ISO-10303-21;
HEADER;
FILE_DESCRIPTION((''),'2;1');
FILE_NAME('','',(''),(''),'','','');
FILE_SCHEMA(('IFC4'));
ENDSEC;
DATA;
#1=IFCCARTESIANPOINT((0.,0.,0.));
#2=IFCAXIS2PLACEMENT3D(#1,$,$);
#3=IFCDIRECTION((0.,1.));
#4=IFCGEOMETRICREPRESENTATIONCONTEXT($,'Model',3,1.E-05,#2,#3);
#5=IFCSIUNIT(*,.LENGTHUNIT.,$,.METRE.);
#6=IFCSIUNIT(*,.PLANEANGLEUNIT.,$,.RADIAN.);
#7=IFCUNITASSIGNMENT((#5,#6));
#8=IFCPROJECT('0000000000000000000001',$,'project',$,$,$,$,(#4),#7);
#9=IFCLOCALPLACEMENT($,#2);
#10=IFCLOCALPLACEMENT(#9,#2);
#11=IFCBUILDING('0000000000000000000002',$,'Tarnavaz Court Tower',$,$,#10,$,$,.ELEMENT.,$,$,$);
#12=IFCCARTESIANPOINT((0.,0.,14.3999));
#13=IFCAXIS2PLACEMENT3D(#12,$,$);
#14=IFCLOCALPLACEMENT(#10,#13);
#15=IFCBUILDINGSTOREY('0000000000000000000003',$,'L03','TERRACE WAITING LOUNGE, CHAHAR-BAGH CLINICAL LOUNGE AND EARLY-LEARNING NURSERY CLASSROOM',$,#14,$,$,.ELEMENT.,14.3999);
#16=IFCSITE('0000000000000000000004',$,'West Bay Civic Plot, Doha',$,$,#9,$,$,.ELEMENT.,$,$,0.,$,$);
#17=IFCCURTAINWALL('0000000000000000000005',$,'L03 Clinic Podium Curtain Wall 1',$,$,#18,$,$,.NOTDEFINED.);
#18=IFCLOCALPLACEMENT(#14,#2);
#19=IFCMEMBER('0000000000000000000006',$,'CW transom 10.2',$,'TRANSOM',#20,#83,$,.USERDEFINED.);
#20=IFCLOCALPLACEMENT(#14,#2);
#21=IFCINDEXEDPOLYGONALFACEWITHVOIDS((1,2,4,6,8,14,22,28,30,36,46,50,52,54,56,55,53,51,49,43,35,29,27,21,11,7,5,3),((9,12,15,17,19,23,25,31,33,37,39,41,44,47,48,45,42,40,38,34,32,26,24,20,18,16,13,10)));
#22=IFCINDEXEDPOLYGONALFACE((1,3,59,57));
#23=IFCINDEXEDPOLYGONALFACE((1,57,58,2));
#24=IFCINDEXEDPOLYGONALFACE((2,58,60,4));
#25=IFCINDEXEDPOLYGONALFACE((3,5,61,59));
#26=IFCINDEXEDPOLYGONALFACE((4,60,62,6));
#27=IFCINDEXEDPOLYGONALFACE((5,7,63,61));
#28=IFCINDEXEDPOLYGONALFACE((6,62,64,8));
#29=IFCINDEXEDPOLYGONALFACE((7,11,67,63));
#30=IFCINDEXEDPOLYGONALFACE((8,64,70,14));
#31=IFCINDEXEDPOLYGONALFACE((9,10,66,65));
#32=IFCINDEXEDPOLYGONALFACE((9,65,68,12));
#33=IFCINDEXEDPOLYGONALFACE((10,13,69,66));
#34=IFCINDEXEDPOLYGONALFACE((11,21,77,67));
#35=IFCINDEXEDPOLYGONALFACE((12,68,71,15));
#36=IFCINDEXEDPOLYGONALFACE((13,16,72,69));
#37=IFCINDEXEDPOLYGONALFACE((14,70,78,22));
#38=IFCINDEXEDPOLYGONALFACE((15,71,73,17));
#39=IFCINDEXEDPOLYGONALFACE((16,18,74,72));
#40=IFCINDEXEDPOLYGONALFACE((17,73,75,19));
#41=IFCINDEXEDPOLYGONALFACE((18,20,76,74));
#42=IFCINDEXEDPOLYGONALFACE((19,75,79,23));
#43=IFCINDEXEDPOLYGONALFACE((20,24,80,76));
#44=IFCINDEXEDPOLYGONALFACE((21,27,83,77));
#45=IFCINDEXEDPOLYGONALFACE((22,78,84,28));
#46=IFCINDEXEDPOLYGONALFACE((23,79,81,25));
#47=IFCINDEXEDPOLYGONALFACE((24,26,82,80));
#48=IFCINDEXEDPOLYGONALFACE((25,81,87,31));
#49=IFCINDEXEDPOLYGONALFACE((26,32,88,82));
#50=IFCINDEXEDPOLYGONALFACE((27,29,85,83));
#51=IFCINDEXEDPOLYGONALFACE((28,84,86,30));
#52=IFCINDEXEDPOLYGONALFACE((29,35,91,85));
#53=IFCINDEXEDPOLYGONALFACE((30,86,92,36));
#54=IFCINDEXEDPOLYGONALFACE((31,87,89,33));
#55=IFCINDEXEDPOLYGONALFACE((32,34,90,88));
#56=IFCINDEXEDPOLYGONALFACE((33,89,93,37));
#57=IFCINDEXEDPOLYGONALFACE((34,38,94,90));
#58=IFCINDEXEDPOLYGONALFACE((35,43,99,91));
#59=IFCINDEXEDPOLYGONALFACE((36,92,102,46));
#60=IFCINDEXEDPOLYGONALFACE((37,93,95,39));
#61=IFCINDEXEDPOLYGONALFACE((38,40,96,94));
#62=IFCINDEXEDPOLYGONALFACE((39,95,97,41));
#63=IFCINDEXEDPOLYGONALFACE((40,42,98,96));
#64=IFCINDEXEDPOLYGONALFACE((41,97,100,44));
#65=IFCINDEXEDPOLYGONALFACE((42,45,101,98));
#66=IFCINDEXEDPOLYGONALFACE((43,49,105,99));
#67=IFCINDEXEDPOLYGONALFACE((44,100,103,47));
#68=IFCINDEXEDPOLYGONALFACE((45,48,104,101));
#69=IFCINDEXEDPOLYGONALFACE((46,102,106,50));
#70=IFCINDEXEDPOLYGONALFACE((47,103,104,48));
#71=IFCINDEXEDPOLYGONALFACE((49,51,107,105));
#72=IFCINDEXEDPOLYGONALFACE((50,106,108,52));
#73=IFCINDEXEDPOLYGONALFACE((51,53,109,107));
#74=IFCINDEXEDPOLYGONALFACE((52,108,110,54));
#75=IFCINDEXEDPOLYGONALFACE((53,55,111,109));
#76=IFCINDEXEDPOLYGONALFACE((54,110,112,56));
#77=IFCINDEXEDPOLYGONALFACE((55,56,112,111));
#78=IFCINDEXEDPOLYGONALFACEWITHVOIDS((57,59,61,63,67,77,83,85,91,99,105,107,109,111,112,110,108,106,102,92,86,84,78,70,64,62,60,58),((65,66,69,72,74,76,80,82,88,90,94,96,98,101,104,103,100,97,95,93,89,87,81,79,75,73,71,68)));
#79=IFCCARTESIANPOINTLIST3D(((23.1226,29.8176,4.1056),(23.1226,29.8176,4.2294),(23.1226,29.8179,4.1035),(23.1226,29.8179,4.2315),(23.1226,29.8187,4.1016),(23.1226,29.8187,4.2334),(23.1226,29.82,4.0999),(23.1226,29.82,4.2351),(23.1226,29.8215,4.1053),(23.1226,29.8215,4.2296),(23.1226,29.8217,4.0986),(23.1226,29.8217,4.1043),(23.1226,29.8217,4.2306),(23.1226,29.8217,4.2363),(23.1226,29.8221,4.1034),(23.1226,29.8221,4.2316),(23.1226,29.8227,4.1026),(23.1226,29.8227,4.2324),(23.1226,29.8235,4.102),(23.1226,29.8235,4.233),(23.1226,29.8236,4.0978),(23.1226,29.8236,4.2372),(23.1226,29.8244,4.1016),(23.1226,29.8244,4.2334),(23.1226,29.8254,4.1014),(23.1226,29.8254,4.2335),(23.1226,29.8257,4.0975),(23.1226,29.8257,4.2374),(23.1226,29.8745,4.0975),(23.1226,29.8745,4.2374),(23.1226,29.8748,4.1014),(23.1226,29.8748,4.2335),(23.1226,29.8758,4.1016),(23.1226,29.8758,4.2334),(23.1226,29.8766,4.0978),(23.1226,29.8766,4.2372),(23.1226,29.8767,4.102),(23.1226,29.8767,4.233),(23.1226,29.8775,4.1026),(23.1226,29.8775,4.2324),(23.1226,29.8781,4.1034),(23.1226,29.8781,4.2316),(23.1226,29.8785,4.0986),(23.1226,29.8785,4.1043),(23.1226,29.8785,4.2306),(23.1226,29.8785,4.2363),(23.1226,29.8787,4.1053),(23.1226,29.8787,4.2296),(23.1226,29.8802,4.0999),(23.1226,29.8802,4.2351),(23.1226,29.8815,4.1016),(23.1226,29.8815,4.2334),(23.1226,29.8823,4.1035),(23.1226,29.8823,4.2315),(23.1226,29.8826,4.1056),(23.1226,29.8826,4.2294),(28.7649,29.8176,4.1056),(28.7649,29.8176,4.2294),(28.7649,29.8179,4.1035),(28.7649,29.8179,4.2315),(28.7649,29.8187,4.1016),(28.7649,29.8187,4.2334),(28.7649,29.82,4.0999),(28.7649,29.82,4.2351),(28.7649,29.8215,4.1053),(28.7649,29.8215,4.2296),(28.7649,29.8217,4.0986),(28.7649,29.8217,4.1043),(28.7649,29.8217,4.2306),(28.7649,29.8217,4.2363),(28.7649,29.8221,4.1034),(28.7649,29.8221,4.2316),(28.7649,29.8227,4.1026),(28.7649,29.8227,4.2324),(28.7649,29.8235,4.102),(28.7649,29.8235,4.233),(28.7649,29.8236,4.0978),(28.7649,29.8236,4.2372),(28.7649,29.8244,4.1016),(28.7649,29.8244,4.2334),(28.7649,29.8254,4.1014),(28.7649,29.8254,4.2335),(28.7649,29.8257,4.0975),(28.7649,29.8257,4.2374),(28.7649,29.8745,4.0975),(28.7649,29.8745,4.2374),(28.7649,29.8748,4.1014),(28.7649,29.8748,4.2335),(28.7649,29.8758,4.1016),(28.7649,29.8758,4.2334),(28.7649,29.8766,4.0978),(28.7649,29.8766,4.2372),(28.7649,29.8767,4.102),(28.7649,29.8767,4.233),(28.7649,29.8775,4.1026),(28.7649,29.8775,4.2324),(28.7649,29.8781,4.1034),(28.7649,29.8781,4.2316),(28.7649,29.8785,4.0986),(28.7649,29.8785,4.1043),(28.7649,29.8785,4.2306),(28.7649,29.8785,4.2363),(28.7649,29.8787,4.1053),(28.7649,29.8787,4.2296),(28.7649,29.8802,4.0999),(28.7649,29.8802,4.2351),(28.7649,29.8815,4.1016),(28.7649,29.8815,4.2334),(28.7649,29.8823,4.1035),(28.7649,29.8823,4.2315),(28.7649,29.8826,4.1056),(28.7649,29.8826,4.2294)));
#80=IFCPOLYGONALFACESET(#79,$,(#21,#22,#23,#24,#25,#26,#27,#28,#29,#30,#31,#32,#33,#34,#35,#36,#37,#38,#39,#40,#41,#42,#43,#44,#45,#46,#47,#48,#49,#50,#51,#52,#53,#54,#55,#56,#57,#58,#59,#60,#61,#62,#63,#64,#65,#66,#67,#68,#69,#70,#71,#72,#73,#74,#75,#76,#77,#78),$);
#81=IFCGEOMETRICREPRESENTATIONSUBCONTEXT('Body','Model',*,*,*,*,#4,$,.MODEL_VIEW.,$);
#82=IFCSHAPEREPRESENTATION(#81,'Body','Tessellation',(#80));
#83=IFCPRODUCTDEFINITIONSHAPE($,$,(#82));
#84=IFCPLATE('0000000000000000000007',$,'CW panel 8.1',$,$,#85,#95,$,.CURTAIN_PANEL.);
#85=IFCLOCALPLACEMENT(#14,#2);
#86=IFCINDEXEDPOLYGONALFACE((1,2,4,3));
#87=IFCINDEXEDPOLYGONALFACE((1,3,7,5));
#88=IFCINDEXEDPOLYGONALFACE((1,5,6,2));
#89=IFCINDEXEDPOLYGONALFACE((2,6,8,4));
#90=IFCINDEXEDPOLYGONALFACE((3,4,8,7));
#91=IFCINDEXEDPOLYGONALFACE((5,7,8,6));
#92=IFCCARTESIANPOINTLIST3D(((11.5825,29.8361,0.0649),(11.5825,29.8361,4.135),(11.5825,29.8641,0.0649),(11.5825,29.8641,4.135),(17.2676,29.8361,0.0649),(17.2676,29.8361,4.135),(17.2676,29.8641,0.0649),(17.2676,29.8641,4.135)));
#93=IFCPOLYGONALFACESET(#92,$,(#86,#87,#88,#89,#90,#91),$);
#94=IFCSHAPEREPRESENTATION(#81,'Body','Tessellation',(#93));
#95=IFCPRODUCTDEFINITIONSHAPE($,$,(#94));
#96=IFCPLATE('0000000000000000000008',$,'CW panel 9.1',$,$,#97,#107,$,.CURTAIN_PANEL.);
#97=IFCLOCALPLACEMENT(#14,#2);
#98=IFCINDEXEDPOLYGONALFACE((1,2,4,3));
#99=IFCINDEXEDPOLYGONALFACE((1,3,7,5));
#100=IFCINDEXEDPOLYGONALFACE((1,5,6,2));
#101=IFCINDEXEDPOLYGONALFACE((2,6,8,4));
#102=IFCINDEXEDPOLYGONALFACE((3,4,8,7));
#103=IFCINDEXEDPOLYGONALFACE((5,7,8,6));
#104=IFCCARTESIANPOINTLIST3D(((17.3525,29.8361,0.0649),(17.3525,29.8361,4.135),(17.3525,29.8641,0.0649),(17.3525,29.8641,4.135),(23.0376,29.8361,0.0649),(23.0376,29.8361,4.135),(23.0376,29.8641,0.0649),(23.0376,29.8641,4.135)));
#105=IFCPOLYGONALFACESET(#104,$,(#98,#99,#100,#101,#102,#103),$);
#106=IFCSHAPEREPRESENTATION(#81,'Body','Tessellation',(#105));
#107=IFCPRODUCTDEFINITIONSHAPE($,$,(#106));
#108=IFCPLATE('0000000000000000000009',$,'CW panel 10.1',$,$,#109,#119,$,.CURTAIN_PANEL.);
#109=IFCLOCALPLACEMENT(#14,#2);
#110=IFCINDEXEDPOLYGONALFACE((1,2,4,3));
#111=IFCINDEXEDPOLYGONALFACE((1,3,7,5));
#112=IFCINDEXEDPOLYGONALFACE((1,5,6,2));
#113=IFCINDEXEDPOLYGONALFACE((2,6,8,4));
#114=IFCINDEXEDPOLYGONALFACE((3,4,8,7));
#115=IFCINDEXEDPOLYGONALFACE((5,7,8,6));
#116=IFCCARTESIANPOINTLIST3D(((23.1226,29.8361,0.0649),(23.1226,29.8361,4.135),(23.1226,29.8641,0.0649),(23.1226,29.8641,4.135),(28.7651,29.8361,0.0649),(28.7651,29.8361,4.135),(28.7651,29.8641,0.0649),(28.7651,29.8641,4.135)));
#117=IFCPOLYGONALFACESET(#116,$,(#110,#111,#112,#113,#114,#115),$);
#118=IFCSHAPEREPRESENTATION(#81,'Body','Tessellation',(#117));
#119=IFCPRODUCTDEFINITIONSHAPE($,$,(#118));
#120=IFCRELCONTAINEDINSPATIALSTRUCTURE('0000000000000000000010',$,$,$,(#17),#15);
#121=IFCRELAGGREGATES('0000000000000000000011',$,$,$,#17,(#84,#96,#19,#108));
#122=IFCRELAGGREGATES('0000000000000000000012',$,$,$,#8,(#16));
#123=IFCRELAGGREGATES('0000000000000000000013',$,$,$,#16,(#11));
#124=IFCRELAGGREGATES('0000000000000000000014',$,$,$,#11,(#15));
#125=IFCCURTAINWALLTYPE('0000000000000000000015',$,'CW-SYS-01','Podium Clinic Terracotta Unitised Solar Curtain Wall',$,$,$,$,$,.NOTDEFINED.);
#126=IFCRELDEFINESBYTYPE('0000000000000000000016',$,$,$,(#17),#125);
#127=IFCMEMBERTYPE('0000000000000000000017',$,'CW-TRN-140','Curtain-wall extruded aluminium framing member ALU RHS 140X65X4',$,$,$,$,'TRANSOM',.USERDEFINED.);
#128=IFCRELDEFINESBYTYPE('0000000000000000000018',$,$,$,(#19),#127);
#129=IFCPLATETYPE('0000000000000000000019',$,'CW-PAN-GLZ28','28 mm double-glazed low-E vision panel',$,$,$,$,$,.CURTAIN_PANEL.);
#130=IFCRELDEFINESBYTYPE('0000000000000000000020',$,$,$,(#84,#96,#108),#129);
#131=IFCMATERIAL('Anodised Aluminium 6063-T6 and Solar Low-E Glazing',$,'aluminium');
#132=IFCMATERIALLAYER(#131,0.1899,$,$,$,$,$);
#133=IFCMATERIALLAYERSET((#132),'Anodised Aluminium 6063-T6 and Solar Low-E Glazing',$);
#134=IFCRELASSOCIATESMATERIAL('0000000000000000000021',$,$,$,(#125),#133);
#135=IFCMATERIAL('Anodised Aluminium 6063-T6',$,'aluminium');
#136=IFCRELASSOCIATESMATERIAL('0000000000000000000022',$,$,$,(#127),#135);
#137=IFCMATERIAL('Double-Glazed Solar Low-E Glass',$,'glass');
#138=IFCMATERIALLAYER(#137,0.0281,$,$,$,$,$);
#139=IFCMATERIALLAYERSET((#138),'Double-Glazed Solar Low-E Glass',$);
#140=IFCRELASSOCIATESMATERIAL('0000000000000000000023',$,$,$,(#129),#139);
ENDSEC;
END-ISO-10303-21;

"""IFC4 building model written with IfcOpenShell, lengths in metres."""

from ifc_helpers import new_model, si_unit, direction, frame, origin, origin_2d, place, context, subcontext, project, spatial, rectangle, hollow_rectangle, extrude, material, layer, layer_set, material_profile, profile_set, type_object, element, aggregate, save


model = new_model("IFC4")

# Units and contexts
model_context = context("Model", 3, precision=1e-05, world=origin(), true_north=direction((0.0, 1.0)))
body_context = subcontext(model_context, "Body", "Model", "MODEL_VIEW")
ifc_project = project(units=[si_unit("LENGTHUNIT", "METRE"), si_unit("PLANEANGLEUNIT", "RADIAN")], contexts=[model_context])

# Site, building, storey
site_placement = place(None, origin())
site = spatial("IfcSite", under=ifc_project, at=site_placement, Name="West Bay Civic Plot, Doha", CompositionType="ELEMENT", RefElevation=0.0)
building_placement = place(site_placement, origin())
building = spatial("IfcBuilding", under=site, at=building_placement, Name="Tarnavaz Court Tower", CompositionType="ELEMENT")
storey_placement = place(building_placement, frame((0.0, 0.0, 14.3999)))
storey = spatial("IfcBuildingStorey", under=building, at=storey_placement, Name="L03", Description="TERRACE WAITING LOUNGE, CHAHAR-BAGH CLINICAL LOUNGE AND EARLY-LEARNING NURSERY CLASSROOM", CompositionType="ELEMENT", Elevation=14.3999)

# Curtain wall, member, plates
ifc_material_1 = material(Name="Anodised Aluminium 6063-T6 and Solar Low-E Glazing", Category="aluminium")
ifc_layer_1 = layer(ifc_material_1, 0.1899)
ifc_layer_set_1 = layer_set([ifc_layer_1], Name="Anodised Aluminium 6063-T6 and Solar Low-E Glazing")
curtain_wall_type = type_object("IfcCurtainWallType", Name="CW-SYS-01", Description="Podium Clinic Terracotta Unitised Solar Curtain Wall", PredefinedType="NOTDEFINED", material=ifc_layer_set_1)
curtain_wall_placement = place(storey_placement, origin())
curtain_wall = element("IfcCurtainWall", 1, at=curtain_wall_placement, inside=storey, type_object=curtain_wall_type, Name="L03 Clinic Podium Curtain Wall 1", PredefinedType="NOTDEFINED")
ifc_material_2 = material(Name="Anodised Aluminium 6063-T6", Category="aluminium")
ifc_material_profile_1 = material_profile(ifc_material_2, hollow_rectangle(XDim=0.0649, YDim=0.1399, WallThickness=0.0039, InnerFilletRadius=0.0039, OuterFilletRadius=0.0081, at=origin_2d()), Name="ALU RHS 140X65X4")
ifc_profile_set_1 = profile_set([ifc_material_profile_1], Name="Anodised Aluminium 6063-T6")
member_type_1 = type_object("IfcMemberType", Name="CW-TRN-140", Description="Curtain-wall extruded aluminium framing member ALU RHS 140X65X4", ElementType="TRANSOM", PredefinedType="USERDEFINED", material=ifc_profile_set_1)
member_1_placement = place(storey_placement, frame((23.1226, 29.8501, 4.1675), z_axis=(1.0, 0.0, 0.0), x_axis=(0.0, 1.0, 0.0)))
member_1 = element("IfcMember", 2, at=member_1_placement, type_object=member_type_1, Name="CW transom 10.2", ObjectType="TRANSOM", PredefinedType="USERDEFINED", context=body_context, shape_type="SweptSolid", body=[
    extrude(hollow_rectangle(XDim=0.0649, YDim=0.1399, WallThickness=0.0039, InnerFilletRadius=0.0039, OuterFilletRadius=0.0081, at=origin_2d()), origin(), (0.0, 0.0, 1.0), 5.6423),
])
ifc_material_3 = material(Name="Double-Glazed Solar Low-E Glass", Category="glass")
ifc_layer_2 = layer(ifc_material_3, 0.0281)
ifc_layer_set_2 = layer_set([ifc_layer_2], Name="Double-Glazed Solar Low-E Glass")
plate_type = type_object("IfcPlateType", Name="CW-PAN-GLZ28", Description="28 mm double-glazed low-E vision panel", PredefinedType="CURTAIN_PANEL", material=ifc_layer_set_2)
plate_1_placement = place(storey_placement, frame((14.425, 29.8501, 0.0649), z_axis=(0.0, 0.0, 1.0), x_axis=(1.0, 0.0, 0.0)))
plate_1 = element("IfcPlate", 3, at=plate_1_placement, type_object=plate_type, Name="CW panel 8.1", PredefinedType="CURTAIN_PANEL", context=body_context, shape_type="SweptSolid", body=[
    extrude(rectangle(XDim=5.6851, YDim=0.0281, at=origin_2d()), origin(), (0.0, 0.0, 1.0), 4.0701),
])
plate_2_placement = place(storey_placement, frame((20.1951, 29.8501, 0.0649), z_axis=(0.0, 0.0, 1.0), x_axis=(1.0, 0.0, 0.0)))
plate_2 = element("IfcPlate", 4, at=plate_2_placement, type_object=plate_type, Name="CW panel 9.1", PredefinedType="CURTAIN_PANEL", context=body_context, shape_type="SweptSolid", body=[
    extrude(rectangle(XDim=5.6851, YDim=0.0281, at=origin_2d()), origin(), (0.0, 0.0, 1.0), 4.0701),
])
plate_3_placement = place(storey_placement, frame((25.9438, 29.8501, 0.0649), z_axis=(0.0, 0.0, 1.0), x_axis=(1.0, 0.0, 0.0)))
plate_3 = element("IfcPlate", 5, at=plate_3_placement, type_object=plate_type, Name="CW panel 10.1", PredefinedType="CURTAIN_PANEL", context=body_context, shape_type="SweptSolid", body=[
    extrude(rectangle(XDim=5.6426, YDim=0.0281, at=origin_2d()), origin(), (0.0, 0.0, 1.0), 4.0701),
])
aggregate(curtain_wall, [plate_1, plate_2, member_1, plate_3])

save(model, "model.ifc")
